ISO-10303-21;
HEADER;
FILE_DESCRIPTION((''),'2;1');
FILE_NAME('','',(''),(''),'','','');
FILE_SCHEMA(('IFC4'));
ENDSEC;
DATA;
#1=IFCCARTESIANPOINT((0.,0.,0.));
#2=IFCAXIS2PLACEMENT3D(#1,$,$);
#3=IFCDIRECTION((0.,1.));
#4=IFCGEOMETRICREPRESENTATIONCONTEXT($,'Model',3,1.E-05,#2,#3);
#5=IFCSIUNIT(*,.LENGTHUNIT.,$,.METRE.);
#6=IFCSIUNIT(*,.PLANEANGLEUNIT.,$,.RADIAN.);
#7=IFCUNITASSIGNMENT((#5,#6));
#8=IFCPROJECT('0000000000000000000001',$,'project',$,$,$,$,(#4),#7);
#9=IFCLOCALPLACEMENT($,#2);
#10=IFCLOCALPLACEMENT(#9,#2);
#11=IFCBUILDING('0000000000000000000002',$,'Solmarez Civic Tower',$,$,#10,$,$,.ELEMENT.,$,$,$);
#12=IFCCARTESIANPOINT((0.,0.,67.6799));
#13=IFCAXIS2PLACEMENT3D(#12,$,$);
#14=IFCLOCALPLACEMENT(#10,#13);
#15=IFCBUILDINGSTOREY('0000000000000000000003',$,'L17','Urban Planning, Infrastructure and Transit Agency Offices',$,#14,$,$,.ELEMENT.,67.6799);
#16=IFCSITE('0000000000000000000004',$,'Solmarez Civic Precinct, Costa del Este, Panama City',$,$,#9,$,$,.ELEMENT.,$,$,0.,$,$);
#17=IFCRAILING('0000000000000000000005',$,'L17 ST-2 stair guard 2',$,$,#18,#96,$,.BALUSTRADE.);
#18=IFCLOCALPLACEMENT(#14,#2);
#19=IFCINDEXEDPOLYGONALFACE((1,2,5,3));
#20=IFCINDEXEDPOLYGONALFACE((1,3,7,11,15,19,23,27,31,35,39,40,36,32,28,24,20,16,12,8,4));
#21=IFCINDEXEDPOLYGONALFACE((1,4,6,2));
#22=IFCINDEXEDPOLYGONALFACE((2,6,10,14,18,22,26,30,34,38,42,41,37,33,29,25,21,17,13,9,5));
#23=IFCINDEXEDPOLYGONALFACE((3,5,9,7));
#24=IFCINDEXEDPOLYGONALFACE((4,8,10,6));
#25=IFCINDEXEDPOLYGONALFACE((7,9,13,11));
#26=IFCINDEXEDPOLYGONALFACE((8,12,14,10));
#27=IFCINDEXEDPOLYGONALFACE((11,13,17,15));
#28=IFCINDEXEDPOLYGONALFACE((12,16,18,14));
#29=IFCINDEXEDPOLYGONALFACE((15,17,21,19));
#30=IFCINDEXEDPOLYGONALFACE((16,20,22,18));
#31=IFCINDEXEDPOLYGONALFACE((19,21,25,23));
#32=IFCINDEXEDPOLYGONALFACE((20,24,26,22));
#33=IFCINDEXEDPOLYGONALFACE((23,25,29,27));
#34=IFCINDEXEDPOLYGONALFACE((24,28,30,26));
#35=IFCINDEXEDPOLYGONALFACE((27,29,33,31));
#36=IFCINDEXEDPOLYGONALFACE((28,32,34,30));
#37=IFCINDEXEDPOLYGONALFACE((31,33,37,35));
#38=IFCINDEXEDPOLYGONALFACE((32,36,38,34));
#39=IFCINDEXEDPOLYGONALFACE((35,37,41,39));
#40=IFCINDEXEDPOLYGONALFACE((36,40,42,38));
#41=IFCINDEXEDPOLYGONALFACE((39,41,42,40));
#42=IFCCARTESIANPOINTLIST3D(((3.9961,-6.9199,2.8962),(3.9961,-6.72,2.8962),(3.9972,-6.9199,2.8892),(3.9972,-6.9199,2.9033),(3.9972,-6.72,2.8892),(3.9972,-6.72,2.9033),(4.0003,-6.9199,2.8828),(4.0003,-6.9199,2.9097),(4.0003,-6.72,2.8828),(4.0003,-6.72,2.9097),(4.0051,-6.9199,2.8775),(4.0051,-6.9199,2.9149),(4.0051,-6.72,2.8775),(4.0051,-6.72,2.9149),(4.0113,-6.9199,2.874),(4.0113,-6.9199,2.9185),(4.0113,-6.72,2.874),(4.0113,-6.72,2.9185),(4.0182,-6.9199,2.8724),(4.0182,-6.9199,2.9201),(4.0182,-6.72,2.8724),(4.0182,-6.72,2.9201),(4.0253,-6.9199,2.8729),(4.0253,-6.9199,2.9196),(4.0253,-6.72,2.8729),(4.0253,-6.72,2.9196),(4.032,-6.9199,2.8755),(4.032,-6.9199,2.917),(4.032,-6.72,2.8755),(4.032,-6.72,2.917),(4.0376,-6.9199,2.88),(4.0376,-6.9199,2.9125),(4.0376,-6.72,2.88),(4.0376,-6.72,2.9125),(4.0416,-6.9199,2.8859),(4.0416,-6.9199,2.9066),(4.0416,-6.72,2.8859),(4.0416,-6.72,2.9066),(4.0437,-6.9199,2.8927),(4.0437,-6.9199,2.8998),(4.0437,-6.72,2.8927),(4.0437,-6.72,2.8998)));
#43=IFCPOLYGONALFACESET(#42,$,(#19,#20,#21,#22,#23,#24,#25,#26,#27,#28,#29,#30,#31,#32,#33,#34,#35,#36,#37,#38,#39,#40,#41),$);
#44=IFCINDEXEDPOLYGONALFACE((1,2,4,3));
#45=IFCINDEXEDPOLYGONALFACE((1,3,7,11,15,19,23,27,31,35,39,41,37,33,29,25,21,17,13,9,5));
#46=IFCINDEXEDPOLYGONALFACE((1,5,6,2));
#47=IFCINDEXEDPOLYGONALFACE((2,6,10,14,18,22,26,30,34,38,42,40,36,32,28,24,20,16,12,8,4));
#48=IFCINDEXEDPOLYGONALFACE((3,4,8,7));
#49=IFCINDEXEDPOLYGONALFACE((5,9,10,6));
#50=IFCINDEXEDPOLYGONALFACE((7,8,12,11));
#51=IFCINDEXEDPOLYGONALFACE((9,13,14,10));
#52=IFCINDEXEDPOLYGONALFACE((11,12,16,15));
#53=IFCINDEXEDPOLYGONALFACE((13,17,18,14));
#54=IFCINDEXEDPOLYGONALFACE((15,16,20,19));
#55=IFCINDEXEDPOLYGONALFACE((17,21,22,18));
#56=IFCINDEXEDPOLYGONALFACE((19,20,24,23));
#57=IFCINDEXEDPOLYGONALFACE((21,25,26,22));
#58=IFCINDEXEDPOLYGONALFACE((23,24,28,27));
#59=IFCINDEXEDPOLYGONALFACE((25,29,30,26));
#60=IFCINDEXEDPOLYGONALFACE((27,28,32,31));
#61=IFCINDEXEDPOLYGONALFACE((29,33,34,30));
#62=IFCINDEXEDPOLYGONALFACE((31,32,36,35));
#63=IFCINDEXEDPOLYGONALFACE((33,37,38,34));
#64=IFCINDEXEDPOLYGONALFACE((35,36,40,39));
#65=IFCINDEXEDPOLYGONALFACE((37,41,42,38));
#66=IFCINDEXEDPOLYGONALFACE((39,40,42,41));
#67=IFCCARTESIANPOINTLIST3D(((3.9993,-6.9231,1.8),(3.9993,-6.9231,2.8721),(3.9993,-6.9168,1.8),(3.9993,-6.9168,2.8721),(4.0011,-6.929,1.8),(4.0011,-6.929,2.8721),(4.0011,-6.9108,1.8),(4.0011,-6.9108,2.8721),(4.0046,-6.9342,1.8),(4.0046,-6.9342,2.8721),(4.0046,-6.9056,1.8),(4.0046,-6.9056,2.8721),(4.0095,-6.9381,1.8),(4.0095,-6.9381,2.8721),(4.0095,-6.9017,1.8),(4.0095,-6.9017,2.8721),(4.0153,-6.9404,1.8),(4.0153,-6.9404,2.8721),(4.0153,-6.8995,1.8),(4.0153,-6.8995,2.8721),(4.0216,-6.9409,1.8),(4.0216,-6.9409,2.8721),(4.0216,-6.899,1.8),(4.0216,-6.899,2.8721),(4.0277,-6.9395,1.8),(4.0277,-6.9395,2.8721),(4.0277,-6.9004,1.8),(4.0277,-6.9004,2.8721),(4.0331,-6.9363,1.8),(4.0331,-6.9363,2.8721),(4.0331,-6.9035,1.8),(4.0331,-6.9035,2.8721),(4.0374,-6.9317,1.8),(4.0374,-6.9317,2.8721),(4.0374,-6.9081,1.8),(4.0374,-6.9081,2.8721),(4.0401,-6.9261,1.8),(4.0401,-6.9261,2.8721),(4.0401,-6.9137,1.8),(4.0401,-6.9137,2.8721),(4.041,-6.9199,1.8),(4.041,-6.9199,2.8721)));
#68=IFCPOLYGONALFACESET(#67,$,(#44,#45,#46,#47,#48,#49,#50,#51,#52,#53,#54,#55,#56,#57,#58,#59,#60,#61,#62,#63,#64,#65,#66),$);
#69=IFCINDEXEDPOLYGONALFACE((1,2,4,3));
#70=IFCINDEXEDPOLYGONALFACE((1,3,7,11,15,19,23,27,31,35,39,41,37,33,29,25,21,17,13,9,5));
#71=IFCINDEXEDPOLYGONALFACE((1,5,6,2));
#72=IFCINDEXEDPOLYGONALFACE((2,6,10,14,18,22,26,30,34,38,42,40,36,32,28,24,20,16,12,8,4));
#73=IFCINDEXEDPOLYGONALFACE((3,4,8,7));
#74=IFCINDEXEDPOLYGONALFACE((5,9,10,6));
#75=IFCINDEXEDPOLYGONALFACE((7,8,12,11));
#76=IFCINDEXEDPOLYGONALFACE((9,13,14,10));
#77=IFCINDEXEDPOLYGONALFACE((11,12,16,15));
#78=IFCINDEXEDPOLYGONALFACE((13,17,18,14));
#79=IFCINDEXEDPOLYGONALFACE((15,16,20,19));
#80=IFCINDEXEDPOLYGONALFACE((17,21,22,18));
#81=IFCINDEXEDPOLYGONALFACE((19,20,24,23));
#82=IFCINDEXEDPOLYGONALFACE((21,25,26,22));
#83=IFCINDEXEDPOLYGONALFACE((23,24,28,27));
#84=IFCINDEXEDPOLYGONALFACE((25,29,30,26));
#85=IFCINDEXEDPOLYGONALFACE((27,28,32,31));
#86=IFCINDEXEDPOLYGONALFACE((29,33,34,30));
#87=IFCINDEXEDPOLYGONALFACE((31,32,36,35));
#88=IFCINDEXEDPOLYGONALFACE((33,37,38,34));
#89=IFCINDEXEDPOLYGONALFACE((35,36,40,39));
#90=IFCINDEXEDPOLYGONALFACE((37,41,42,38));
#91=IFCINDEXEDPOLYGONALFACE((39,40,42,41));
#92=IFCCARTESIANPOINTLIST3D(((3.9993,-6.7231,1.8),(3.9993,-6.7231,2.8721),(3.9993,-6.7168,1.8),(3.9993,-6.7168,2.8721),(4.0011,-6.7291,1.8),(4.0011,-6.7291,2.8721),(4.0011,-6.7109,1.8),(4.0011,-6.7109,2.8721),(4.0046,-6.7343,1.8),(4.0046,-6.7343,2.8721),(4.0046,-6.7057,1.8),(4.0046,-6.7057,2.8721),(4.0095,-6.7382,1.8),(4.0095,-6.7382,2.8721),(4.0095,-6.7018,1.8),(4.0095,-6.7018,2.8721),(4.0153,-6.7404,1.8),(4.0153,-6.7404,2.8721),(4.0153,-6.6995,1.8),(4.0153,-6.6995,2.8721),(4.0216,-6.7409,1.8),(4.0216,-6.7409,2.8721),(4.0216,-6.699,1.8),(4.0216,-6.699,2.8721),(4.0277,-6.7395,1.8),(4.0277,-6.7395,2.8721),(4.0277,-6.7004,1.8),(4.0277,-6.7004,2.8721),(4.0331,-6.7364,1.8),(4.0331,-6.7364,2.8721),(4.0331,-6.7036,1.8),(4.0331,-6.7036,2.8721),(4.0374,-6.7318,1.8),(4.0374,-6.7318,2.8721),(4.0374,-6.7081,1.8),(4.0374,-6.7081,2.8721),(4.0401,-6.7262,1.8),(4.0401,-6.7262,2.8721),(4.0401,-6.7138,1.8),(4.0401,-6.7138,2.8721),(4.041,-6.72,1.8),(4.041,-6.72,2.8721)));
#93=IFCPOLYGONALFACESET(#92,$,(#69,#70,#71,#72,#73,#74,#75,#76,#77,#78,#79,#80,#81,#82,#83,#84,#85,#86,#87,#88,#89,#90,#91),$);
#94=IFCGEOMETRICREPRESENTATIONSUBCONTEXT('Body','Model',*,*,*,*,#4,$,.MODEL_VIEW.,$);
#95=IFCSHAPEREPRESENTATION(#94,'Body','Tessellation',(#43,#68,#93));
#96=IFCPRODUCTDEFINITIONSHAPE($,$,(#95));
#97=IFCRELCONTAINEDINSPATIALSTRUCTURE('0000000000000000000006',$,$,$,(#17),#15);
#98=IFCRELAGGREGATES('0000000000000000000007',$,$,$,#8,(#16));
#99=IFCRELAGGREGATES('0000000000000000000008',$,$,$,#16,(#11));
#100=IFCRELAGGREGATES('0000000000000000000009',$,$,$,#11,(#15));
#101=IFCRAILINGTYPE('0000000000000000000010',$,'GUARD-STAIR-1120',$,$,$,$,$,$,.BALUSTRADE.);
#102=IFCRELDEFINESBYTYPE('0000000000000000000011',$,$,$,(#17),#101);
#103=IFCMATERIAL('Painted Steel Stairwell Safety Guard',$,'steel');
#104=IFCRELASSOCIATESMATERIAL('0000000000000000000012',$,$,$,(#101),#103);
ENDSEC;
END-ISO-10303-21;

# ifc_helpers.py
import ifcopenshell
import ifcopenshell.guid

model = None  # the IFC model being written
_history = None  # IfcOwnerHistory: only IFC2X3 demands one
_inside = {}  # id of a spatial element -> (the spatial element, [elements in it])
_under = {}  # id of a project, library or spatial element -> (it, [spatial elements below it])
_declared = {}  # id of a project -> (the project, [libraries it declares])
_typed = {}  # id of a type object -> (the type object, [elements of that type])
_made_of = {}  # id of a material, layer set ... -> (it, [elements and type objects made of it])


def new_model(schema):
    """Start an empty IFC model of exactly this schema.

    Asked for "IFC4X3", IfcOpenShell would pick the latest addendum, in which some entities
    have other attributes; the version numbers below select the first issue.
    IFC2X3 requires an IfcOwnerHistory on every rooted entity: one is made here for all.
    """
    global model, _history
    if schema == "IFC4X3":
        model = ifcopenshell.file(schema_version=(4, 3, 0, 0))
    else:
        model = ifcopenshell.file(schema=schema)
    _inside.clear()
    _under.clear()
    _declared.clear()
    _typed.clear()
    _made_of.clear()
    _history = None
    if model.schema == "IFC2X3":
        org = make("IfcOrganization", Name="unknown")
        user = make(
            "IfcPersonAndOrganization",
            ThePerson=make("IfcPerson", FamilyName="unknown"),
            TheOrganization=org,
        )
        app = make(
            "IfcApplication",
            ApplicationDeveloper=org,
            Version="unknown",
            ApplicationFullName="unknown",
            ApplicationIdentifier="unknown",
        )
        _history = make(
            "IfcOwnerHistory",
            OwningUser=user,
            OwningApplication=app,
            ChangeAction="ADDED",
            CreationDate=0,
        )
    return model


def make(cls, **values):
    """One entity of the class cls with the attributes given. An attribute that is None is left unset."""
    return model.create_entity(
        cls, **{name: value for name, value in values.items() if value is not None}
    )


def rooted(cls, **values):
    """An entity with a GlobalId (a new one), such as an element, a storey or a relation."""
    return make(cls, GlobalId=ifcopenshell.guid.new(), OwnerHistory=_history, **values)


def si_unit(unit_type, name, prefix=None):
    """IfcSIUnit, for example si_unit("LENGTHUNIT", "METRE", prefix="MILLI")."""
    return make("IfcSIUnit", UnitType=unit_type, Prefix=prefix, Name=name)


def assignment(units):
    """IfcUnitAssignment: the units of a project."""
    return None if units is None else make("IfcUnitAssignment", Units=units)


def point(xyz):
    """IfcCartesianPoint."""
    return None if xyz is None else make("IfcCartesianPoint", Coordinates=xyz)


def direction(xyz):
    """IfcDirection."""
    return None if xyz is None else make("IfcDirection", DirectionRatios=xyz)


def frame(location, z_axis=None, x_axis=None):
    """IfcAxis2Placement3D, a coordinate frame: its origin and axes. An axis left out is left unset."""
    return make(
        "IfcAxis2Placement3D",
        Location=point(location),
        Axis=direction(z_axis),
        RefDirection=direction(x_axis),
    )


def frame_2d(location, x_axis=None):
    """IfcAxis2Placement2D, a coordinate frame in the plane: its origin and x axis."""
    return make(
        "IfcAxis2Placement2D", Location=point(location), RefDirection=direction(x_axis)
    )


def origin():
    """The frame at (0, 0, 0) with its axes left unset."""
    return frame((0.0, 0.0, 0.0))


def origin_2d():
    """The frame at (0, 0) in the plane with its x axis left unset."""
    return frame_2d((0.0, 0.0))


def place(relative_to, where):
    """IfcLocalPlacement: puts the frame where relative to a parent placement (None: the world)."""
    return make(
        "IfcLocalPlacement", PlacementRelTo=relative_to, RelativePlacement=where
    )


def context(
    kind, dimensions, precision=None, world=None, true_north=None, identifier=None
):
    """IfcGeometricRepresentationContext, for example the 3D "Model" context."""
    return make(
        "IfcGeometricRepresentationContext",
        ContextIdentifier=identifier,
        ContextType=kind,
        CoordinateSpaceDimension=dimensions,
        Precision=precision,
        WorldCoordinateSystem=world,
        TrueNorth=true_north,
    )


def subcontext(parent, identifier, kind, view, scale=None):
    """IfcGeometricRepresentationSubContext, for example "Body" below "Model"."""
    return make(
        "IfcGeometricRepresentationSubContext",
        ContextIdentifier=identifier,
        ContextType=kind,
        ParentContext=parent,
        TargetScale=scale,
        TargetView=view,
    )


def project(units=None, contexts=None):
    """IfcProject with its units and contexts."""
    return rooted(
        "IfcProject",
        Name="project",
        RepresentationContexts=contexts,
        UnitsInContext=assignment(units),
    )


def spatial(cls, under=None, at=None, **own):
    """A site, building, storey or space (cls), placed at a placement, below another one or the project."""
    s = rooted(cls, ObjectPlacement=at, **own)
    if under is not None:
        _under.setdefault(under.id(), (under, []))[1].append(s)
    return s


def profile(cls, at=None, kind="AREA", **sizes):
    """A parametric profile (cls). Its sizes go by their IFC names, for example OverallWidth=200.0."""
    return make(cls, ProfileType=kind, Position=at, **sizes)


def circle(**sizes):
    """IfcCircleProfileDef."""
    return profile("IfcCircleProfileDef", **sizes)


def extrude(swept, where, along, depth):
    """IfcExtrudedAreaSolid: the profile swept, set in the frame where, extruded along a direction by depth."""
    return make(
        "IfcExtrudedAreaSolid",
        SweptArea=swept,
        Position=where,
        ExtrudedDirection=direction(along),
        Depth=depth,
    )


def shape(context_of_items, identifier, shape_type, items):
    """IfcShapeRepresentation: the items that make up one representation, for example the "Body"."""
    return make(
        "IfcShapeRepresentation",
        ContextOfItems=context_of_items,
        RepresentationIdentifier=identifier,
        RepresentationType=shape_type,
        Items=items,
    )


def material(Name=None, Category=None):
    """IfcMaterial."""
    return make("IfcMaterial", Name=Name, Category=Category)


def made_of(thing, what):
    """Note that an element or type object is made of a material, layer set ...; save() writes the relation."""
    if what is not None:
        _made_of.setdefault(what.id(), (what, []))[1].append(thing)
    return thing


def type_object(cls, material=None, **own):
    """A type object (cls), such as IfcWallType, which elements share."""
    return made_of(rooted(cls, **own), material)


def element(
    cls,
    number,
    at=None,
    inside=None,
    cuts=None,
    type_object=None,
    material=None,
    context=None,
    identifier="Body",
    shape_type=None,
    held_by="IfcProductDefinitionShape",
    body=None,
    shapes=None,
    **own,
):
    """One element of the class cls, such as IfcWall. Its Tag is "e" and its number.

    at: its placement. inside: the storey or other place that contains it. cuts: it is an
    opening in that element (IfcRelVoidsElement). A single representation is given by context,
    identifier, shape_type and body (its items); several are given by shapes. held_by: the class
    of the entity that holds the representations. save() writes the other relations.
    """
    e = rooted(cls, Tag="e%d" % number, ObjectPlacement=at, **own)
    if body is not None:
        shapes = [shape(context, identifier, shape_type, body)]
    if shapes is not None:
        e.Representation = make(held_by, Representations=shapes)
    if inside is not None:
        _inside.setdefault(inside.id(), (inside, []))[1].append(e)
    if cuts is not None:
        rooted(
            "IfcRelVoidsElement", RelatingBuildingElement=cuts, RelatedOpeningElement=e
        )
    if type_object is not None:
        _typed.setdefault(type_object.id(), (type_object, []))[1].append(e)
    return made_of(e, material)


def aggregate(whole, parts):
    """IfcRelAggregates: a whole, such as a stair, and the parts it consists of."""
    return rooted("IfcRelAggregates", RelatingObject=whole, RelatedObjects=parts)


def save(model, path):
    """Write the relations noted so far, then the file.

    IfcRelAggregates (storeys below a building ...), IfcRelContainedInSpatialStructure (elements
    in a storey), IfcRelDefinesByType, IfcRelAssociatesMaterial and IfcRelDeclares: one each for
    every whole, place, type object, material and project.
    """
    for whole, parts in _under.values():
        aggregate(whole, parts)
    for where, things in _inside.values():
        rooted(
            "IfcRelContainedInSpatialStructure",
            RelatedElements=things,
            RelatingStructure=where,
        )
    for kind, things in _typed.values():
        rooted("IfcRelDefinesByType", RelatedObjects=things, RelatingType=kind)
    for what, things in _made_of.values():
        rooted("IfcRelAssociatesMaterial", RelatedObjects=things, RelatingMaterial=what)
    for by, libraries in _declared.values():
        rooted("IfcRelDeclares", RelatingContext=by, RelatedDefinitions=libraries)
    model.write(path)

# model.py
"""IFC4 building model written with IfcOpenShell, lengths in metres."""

from ifc_helpers import new_model, si_unit, direction, frame, origin, origin_2d, place, context, subcontext, project, spatial, circle, extrude, material, type_object, element, save


model = new_model("IFC4")

# Units and contexts
model_context = context("Model", 3, precision=1e-05, world=origin(), true_north=direction((0.0, 1.0)))
body_context = subcontext(model_context, "Body", "Model", "MODEL_VIEW")
ifc_project = project(units=[si_unit("LENGTHUNIT", "METRE"), si_unit("PLANEANGLEUNIT", "RADIAN")], contexts=[model_context])

# Site, building, storey
site_placement = place(None, origin())
site = spatial("IfcSite", under=ifc_project, at=site_placement, Name="Solmarez Civic Precinct, Costa del Este, Panama City", CompositionType="ELEMENT", RefElevation=0.0)
building_placement = place(site_placement, origin())
building = spatial("IfcBuilding", under=site, at=building_placement, Name="Solmarez Civic Tower", CompositionType="ELEMENT")
storey_placement = place(building_placement, frame((0.0, 0.0, 67.6799)))
storey = spatial("IfcBuildingStorey", under=building, at=storey_placement, Name="L17", Description="Urban Planning, Infrastructure and Transit Agency Offices", CompositionType="ELEMENT", Elevation=67.6799)

# Railing
ifc_material_1 = material(Name="Painted Steel Stairwell Safety Guard", Category="steel")
railing_type_1 = type_object("IfcRailingType", Name="GUARD-STAIR-1120", PredefinedType="BALUSTRADE", material=ifc_material_1)
railing_1_placement = place(storey_placement, frame((4.02, -6.9199, 1.8)))
element("IfcRailing", 1, at=railing_1_placement, inside=storey, type_object=railing_type_1, Name="L17 ST-2 stair guard 2", PredefinedType="BALUSTRADE", context=body_context, shape_type="SweptSolid", body=[
    extrude(circle(Radius=0.0239, at=origin_2d()), frame((0.0, 0.0, 1.0962), z_axis=(0.0, 1.0, 0.0), x_axis=(-1.0, 0.0, 0.0)), (0.0, 0.0, 1.0), 0.2),
    extrude(circle(Radius=0.021, at=origin_2d()), origin(), (0.0, 0.0, 1.0), 1.072),
    extrude(circle(Radius=0.021, at=origin_2d()), frame((0.0, 0.2, 0.0)), (0.0, 0.0, 1.0), 1.072),
])

save(model, "model.ifc")
